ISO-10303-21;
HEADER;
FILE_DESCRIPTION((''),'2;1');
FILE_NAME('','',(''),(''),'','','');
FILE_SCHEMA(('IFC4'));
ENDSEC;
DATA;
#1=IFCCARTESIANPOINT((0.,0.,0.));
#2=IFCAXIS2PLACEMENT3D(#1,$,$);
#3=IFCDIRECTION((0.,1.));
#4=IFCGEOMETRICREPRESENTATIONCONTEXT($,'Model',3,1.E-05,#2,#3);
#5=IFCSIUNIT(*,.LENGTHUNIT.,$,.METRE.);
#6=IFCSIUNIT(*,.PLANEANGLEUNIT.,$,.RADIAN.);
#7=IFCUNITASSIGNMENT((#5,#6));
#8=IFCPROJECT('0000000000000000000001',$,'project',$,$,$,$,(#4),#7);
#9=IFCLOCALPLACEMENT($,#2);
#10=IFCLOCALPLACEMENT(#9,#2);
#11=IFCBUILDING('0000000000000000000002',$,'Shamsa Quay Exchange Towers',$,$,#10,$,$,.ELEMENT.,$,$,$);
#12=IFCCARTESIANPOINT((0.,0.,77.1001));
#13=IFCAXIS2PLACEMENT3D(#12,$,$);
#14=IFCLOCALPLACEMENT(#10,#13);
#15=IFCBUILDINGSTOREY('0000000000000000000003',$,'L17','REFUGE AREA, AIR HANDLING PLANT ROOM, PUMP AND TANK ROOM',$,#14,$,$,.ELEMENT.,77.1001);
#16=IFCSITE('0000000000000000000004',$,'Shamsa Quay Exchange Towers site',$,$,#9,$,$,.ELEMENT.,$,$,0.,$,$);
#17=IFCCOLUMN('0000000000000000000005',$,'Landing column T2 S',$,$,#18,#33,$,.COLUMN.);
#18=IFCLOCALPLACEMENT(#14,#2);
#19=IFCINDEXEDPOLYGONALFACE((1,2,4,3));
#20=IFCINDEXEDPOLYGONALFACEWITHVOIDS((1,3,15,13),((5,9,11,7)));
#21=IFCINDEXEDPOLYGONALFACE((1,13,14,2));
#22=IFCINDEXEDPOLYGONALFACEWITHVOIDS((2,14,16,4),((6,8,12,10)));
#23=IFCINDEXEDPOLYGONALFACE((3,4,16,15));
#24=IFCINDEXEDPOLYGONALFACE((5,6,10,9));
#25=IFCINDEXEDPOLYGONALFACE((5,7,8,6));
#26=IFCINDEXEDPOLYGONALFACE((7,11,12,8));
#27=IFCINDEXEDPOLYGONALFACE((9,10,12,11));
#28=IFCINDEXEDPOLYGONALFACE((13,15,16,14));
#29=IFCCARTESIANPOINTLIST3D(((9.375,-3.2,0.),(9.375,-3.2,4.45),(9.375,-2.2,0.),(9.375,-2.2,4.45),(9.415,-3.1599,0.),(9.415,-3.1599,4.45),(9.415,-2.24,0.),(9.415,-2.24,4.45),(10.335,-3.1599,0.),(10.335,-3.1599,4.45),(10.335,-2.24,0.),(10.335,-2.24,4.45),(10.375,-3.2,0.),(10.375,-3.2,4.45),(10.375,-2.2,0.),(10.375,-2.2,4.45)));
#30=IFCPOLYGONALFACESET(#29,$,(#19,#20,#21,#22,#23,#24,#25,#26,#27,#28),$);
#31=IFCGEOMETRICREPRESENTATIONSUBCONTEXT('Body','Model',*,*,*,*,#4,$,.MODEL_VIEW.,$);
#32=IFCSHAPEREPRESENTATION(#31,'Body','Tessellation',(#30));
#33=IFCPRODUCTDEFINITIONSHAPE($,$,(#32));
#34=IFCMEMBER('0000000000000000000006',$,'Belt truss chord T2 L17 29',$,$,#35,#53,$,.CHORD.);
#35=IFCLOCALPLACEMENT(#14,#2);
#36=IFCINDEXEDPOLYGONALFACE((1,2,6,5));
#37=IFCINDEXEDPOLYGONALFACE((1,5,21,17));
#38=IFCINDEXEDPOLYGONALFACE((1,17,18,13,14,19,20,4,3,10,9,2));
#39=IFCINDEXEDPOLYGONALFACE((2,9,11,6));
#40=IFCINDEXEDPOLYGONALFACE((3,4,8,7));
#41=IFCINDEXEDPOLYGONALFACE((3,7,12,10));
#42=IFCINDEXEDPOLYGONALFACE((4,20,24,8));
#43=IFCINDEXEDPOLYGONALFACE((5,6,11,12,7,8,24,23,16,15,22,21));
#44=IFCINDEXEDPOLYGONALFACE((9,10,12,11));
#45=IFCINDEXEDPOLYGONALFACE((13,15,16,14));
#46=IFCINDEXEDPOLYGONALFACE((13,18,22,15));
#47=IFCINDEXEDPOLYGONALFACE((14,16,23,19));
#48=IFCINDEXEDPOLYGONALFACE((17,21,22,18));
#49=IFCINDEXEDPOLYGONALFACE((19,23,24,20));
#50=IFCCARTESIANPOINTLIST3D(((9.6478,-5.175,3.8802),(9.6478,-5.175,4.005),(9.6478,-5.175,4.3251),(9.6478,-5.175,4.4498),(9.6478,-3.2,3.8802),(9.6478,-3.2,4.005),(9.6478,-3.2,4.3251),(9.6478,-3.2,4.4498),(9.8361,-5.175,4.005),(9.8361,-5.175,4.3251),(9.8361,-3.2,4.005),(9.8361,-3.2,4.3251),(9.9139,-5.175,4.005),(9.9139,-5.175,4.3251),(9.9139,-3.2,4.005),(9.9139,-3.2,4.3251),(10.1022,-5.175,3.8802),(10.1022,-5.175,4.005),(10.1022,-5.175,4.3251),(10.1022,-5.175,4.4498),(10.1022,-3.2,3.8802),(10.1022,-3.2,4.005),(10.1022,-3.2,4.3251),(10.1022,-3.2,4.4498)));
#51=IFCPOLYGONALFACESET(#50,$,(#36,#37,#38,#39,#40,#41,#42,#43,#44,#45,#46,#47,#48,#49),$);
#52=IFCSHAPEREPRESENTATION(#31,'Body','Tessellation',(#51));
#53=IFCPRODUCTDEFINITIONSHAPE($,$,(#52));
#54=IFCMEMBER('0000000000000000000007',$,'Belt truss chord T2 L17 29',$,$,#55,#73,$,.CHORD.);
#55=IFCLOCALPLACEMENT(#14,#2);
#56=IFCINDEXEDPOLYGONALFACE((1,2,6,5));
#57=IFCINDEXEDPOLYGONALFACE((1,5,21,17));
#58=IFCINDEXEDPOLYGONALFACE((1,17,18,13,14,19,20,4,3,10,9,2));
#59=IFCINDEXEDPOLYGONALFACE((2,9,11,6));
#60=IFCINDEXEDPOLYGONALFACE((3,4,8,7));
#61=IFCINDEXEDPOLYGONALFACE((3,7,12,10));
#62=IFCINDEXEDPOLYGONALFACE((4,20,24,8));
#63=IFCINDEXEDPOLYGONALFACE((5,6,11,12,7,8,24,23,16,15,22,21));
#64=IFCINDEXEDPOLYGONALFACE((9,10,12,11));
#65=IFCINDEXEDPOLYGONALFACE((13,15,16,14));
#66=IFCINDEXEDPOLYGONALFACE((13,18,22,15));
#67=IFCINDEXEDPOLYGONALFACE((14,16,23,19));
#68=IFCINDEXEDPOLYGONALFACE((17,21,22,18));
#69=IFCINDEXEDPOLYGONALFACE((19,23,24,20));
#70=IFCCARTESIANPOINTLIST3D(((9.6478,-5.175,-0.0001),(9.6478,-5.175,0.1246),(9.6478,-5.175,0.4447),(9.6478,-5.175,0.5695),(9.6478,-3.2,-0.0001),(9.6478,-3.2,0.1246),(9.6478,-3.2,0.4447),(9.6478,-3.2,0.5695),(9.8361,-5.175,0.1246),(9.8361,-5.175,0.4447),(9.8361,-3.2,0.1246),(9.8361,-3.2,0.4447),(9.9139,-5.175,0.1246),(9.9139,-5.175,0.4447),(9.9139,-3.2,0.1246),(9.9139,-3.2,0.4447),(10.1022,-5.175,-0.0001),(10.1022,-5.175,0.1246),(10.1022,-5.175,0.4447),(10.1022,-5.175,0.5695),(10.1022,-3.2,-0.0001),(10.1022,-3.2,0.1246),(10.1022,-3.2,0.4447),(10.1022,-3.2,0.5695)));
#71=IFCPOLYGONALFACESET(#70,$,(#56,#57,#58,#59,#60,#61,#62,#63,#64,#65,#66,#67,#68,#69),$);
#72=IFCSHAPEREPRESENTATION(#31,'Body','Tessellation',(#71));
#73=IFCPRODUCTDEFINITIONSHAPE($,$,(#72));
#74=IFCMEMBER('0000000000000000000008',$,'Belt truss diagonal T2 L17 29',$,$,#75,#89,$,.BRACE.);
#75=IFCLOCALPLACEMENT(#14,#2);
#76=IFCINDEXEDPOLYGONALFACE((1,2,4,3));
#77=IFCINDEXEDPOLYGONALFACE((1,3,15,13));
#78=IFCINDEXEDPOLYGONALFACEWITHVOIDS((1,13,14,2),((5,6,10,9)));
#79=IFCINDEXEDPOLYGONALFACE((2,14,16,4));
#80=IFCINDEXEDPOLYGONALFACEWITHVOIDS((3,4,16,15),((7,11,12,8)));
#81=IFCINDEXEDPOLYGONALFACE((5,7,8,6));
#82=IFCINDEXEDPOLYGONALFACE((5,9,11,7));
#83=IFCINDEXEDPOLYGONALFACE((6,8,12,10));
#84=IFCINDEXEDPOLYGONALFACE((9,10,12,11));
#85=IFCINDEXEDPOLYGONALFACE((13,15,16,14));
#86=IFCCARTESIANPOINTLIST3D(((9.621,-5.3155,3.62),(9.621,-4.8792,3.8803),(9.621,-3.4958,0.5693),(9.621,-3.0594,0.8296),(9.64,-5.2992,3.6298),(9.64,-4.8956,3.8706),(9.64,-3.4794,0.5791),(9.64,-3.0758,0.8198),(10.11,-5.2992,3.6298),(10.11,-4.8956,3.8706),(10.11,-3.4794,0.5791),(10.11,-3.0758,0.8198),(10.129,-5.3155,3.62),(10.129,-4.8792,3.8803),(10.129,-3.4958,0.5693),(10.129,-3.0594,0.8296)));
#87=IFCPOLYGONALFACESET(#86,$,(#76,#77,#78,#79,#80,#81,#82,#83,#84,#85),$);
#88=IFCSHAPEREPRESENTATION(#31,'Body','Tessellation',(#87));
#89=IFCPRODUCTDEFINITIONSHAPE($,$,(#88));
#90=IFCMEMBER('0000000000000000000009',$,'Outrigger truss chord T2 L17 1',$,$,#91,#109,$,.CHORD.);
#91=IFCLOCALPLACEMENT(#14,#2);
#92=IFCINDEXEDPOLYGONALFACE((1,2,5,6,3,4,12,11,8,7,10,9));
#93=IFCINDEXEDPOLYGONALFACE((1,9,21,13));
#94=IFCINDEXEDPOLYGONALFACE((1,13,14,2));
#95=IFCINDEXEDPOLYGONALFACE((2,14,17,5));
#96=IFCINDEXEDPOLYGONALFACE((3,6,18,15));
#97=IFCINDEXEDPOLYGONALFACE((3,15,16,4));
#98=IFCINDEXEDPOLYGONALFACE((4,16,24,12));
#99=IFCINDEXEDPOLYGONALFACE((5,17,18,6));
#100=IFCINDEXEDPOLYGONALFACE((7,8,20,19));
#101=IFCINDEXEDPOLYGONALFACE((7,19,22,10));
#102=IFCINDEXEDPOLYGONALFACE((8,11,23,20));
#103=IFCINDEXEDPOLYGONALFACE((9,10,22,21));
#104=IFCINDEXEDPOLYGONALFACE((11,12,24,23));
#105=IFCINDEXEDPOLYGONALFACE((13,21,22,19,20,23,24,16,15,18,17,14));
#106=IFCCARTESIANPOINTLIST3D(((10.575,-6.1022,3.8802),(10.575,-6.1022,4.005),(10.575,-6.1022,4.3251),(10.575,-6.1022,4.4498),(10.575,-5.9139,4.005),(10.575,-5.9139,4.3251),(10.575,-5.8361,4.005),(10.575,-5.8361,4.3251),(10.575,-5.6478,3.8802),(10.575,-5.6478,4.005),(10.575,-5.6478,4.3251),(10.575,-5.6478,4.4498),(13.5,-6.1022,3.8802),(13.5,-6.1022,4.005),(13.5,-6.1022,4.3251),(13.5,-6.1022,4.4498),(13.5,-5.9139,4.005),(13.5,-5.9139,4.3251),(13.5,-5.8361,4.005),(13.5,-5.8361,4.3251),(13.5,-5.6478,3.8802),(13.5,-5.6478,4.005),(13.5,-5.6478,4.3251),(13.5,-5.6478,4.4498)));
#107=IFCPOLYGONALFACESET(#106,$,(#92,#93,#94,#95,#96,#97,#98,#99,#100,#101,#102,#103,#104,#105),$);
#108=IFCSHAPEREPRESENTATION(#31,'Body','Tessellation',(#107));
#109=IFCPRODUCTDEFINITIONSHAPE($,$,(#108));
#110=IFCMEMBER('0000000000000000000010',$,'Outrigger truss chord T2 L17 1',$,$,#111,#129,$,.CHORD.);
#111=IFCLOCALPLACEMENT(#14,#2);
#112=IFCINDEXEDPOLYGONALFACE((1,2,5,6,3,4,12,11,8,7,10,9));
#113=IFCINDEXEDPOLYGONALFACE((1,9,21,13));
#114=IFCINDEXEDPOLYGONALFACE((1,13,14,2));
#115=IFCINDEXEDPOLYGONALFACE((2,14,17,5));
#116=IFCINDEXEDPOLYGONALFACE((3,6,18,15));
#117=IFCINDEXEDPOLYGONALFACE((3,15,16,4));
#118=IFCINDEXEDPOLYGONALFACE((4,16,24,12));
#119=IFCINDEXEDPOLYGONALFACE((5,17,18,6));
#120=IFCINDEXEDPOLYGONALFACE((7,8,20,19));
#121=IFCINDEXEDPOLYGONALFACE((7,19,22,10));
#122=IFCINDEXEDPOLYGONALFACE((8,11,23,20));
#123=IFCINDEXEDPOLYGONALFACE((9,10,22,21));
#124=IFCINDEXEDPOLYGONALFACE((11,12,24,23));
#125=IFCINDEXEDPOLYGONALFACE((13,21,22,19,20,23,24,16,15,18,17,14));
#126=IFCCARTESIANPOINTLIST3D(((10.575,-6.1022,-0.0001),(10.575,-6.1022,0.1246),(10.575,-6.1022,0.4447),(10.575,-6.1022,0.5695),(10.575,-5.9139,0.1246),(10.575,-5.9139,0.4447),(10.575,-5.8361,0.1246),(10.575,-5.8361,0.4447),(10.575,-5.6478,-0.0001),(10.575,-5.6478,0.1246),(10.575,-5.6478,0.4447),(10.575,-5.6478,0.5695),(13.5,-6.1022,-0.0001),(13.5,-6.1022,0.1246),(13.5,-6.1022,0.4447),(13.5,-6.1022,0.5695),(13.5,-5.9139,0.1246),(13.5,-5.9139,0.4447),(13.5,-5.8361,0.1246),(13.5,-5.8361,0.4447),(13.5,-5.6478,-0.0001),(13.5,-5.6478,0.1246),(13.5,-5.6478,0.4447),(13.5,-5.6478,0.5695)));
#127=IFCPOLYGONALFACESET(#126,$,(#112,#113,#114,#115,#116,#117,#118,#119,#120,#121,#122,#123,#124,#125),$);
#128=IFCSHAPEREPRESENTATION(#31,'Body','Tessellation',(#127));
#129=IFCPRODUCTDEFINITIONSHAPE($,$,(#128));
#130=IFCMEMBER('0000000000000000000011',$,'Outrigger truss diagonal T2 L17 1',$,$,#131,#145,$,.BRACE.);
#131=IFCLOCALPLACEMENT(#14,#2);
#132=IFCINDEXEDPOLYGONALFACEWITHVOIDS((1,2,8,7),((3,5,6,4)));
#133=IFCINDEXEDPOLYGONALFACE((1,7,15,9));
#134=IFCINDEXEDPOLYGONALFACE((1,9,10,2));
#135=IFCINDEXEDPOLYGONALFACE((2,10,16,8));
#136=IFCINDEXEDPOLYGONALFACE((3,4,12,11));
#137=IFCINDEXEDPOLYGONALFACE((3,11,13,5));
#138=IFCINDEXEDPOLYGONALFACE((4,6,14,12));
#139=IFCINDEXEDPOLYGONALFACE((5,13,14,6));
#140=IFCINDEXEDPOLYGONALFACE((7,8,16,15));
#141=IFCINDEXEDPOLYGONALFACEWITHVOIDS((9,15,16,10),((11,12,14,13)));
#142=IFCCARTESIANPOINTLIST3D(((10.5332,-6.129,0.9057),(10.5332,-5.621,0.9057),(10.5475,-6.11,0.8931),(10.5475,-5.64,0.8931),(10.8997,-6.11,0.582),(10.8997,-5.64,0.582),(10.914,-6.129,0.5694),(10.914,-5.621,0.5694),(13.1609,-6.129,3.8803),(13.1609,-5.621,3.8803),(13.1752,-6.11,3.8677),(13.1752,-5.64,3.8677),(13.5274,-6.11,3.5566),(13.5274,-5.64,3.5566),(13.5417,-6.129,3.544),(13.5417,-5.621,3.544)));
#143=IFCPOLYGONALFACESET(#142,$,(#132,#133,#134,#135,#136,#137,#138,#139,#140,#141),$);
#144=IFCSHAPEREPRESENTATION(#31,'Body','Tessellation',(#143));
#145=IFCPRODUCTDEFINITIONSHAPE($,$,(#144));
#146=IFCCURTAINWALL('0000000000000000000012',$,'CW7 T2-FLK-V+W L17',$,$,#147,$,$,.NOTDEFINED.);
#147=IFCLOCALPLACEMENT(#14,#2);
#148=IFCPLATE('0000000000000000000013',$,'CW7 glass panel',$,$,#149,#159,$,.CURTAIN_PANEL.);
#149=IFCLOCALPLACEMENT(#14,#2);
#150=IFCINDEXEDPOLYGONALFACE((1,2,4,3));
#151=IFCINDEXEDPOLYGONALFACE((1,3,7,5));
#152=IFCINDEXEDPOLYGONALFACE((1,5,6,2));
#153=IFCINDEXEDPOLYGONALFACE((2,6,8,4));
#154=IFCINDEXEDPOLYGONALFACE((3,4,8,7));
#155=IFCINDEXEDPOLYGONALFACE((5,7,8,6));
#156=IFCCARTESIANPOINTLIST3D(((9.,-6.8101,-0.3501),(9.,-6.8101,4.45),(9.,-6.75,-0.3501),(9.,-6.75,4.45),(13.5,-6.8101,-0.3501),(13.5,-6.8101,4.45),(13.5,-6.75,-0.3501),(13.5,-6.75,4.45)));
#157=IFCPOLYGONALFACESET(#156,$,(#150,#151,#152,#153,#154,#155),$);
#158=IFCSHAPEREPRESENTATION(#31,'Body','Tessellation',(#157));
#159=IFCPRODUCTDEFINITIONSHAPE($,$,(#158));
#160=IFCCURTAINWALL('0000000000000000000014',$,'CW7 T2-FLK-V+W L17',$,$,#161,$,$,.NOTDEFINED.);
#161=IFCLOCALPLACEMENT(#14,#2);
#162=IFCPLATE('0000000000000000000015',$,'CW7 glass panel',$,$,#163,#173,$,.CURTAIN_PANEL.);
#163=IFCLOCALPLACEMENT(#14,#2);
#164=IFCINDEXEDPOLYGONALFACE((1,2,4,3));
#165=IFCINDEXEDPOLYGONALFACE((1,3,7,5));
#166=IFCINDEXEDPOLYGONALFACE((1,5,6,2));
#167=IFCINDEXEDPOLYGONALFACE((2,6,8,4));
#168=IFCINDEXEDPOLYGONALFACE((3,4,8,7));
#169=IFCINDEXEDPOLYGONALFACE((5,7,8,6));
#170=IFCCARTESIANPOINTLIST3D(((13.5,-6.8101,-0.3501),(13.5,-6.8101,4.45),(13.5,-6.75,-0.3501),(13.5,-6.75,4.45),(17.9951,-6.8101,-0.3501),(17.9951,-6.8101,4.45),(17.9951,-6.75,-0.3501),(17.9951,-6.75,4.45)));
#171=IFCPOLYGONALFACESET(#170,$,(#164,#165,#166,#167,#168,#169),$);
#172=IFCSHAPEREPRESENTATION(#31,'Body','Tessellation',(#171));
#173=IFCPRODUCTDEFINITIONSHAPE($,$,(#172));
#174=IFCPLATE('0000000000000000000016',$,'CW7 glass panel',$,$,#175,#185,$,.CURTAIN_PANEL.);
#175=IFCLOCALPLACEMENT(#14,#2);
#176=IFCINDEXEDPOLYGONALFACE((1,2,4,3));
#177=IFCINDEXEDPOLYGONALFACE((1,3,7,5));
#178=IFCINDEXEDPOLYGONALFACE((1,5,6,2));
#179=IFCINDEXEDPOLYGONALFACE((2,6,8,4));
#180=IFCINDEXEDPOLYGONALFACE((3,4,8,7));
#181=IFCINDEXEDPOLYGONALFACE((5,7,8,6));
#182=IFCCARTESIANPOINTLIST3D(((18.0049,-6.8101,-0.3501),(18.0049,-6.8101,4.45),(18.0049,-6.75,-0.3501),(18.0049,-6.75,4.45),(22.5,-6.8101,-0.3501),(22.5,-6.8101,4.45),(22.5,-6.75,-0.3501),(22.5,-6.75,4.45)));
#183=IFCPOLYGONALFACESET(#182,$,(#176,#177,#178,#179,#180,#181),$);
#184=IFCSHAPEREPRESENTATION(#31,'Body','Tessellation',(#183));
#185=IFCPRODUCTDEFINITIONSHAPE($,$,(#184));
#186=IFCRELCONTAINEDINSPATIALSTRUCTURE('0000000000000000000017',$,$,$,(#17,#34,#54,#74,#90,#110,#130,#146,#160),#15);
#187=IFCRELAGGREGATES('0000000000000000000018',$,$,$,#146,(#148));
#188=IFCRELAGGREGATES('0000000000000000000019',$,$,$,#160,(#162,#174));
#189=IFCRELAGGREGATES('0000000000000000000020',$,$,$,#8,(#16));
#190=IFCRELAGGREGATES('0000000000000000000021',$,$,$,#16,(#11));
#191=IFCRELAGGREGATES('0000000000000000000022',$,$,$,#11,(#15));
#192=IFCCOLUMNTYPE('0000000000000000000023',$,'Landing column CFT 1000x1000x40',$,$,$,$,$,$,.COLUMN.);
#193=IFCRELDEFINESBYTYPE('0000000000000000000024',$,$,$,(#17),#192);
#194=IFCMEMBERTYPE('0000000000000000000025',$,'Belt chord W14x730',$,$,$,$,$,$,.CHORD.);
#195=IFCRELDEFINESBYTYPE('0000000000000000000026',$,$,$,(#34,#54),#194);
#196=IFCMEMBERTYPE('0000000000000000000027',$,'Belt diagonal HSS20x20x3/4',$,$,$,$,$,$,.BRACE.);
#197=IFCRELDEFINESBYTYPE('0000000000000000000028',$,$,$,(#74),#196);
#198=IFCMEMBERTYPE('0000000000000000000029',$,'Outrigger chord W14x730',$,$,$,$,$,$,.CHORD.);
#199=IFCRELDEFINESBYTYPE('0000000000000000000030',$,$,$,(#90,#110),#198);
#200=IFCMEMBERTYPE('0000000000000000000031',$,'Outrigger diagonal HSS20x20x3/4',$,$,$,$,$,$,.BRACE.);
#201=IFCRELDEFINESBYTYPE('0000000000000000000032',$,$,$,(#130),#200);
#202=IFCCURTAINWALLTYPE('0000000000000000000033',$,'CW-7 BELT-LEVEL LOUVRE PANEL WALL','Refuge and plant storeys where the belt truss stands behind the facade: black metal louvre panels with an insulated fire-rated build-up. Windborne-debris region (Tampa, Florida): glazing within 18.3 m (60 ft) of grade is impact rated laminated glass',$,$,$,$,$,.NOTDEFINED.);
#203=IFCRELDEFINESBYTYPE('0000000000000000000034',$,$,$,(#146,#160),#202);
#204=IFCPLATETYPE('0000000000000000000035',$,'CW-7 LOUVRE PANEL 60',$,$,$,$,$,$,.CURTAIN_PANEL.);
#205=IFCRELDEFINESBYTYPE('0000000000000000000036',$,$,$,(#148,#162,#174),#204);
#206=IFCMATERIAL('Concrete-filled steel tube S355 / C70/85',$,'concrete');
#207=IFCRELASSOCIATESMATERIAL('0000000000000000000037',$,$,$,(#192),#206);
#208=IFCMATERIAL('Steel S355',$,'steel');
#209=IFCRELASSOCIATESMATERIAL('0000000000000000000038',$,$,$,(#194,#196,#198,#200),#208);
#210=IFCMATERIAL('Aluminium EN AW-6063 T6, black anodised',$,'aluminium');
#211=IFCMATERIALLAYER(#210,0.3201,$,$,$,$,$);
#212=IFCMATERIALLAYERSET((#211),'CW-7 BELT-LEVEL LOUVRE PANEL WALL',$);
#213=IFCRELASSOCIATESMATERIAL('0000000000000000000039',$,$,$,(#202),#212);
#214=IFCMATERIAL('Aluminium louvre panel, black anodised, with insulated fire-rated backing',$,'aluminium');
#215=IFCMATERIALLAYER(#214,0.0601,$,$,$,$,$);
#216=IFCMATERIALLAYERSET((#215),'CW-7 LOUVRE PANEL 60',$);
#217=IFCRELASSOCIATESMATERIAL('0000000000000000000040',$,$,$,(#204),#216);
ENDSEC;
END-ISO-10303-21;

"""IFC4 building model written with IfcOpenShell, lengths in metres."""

from ifc_helpers import new_model, si_unit, direction, frame, origin, origin_2d, place, context, subcontext, project, spatial, rectangle, hollow_rectangle, i_section, extrude, material, layer, layer_set, material_profile, profile_set, type_object, element, aggregate, save


model = new_model("IFC4")

# Units and contexts
model_context = context("Model", 3, precision=1e-05, world=origin(), true_north=direction((0.0, 1.0)))
body_context = subcontext(model_context, "Body", "Model", "MODEL_VIEW")
ifc_project = project(units=[si_unit("LENGTHUNIT", "METRE"), si_unit("PLANEANGLEUNIT", "RADIAN")], contexts=[model_context])

# Site, building, storey
site_placement = place(None, origin())
site = spatial("IfcSite", under=ifc_project, at=site_placement, Name="Shamsa Quay Exchange Towers site", CompositionType="ELEMENT", RefElevation=0.0)
building_placement = place(site_placement, origin())
building = spatial("IfcBuilding", under=site, at=building_placement, Name="Shamsa Quay Exchange Towers", CompositionType="ELEMENT")
storey_placement = place(building_placement, frame((0.0, 0.0, 77.1001)))
storey = spatial("IfcBuildingStorey", under=building, at=storey_placement, Name="L17", Description="REFUGE AREA, AIR HANDLING PLANT ROOM, PUMP AND TANK ROOM", CompositionType="ELEMENT", Elevation=77.1001)

# Column
ifc_material_1 = material(Name="Concrete-filled steel tube S355 / C70/85", Category="concrete")
ifc_material_profile_1 = material_profile(ifc_material_1, hollow_rectangle(XDim=1.0, YDim=1.0, WallThickness=0.04, at=origin_2d()), Name="CFT 1000x1000x40")
ifc_profile_set_1 = profile_set([ifc_material_profile_1], Name="Concrete-filled steel tube S355 / C70/85")
column_type = type_object("IfcColumnType", Name="Landing column CFT 1000x1000x40", PredefinedType="COLUMN", material=ifc_profile_set_1)
column_placement = place(storey_placement, frame((9.875, -2.7, 0.0)))
element("IfcColumn", 1, at=column_placement, inside=storey, type_object=column_type, Name="Landing column T2 S", PredefinedType="COLUMN", context=body_context, shape_type="SweptSolid", body=[
    extrude(hollow_rectangle(XDim=1.0, YDim=1.0, WallThickness=0.04, at=origin_2d()), origin(), (0.0, 0.0, 1.0), 4.45),
])

# Members
ifc_material_2 = material(Name="Steel S355", Category="steel")
ifc_material_profile_2 = material_profile(ifc_material_2, i_section(OverallWidth=0.4543, OverallDepth=0.5696, WebThickness=0.0779, FlangeThickness=0.1248, at=origin_2d()), Name="W14x730")
ifc_profile_set_2 = profile_set([ifc_material_profile_2], Name="Steel S355")
member_type_1 = type_object("IfcMemberType", Name="Belt chord W14x730", PredefinedType="CHORD", material=ifc_profile_set_2)
for number, where, z_axis, x_axis, name in (
    (2, (9.875, -3.2, 4.165), (0.0, -1.0, 0.0), (1.0, 0.0, 0.0), "Belt truss chord T2 L17 29"),
    (3, (9.875, -3.2, 0.2847), (0.0, -1.0, 0.0), (1.0, 0.0, 0.0), "Belt truss chord T2 L17 29"),
):
    element("IfcMember", number, at=place(storey_placement, frame(where, z_axis=z_axis, x_axis=x_axis)), inside=storey, type_object=member_type_1, Name=name, PredefinedType="CHORD", context=body_context, shape_type="SweptSolid", body=[
        extrude(i_section(OverallWidth=0.4543, OverallDepth=0.5696, WebThickness=0.0779, FlangeThickness=0.1248, at=origin_2d()), origin(), (0.0, 0.0, 1.0), 1.9751),
    ])
ifc_material_profile_3 = material_profile(ifc_material_2, hollow_rectangle(XDim=0.5081, YDim=0.5081, WallThickness=0.019, at=origin_2d()), Name="HSS20x20x3/4")
ifc_profile_set_3 = profile_set([ifc_material_profile_3], Name="Steel S355")
member_type_2 = type_object("IfcMemberType", Name="Belt diagonal HSS20x20x3/4", PredefinedType="BRACE", material=ifc_profile_set_3)
member_1_placement = place(storey_placement, frame((9.875, -3.2776, 0.6995), z_axis=(0.0, -0.512291, 0.858812), x_axis=(1.0, 0.0, 0.0)))
element("IfcMember", 4, at=member_1_placement, inside=storey, type_object=member_type_2, Name="Belt truss diagonal T2 L17 29", PredefinedType="BRACE", context=body_context, shape_type="SweptSolid", body=[
    extrude(hollow_rectangle(XDim=0.5081, YDim=0.5081, WallThickness=0.019, at=origin_2d()), origin(), (0.0, 0.0, 1.0), 3.5522),
])
ifc_material_profile_4 = material_profile(ifc_material_2, i_section(OverallWidth=0.4543, OverallDepth=0.5696, WebThickness=0.0779, FlangeThickness=0.1248, at=origin_2d()), Name="W14x730")
ifc_profile_set_4 = profile_set([ifc_material_profile_4], Name="Steel S355")
member_type_3 = type_object("IfcMemberType", Name="Outrigger chord W14x730", PredefinedType="CHORD", material=ifc_profile_set_4)
for number, where, z_axis, x_axis, name in (
    (5, (10.575, -5.875, 4.165), (1.0, 0.0, 0.0), (0.0, 1.0, 0.0), "Outrigger truss chord T2 L17 1"),
    (6, (10.575, -5.875, 0.2847), (1.0, 0.0, 0.0), (0.0, 1.0, 0.0), "Outrigger truss chord T2 L17 1"),
):
    element("IfcMember", number, at=place(storey_placement, frame(where, z_axis=z_axis, x_axis=x_axis)), inside=storey, type_object=member_type_3, Name=name, PredefinedType="CHORD", context=body_context, shape_type="SweptSolid", body=[
        extrude(i_section(OverallWidth=0.4543, OverallDepth=0.5696, WebThickness=0.0779, FlangeThickness=0.1248, at=origin_2d()), origin(), (0.0, 0.0, 1.0), 2.925),
    ])
ifc_material_profile_5 = material_profile(ifc_material_2, hollow_rectangle(XDim=0.5081, YDim=0.5081, WallThickness=0.019, at=origin_2d()), Name="HSS20x20x3/4")
ifc_profile_set_5 = profile_set([ifc_material_profile_5], Name="Steel S355")
member_type_4 = type_object("IfcMemberType", Name="Outrigger diagonal HSS20x20x3/4", PredefinedType="BRACE", material=ifc_profile_set_5)
member_2_placement = place(storey_placement, frame((10.7236, -5.875, 0.7375), z_axis=(0.662051, 0.0, 0.749459), x_axis=(0.0, 1.0, 0.0)))
element("IfcMember", 7, at=member_2_placement, inside=storey, type_object=member_type_4, Name="Outrigger truss diagonal T2 L17 1", PredefinedType="BRACE", context=body_context, shape_type="SweptSolid", body=[
    extrude(hollow_rectangle(XDim=0.5081, YDim=0.5081, WallThickness=0.019, at=origin_2d()), origin(), (0.0, 0.0, 1.0), 3.969),
])

# Curtain wall, plate
ifc_material_3 = material(Name="Aluminium EN AW-6063 T6, black anodised", Category="aluminium")
ifc_layer_1 = layer(ifc_material_3, 0.3201)
ifc_layer_set_1 = layer_set([ifc_layer_1], Name="CW-7 BELT-LEVEL LOUVRE PANEL WALL")
curtain_wall_type = type_object("IfcCurtainWallType", Name="CW-7 BELT-LEVEL LOUVRE PANEL WALL", Description="Refuge and plant storeys where the belt truss stands behind the facade: black metal louvre panels with an insulated fire-rated build-up. Windborne-debris region (Tampa, Florida): glazing within 18.3 m (60 ft) of grade is impact rated laminated glass", PredefinedType="NOTDEFINED", material=ifc_layer_set_1)
curtain_wall_1_placement = place(storey_placement, origin())
curtain_wall_1 = element("IfcCurtainWall", 8, at=curtain_wall_1_placement, inside=storey, type_object=curtain_wall_type, Name="CW7 T2-FLK-V+W L17", PredefinedType="NOTDEFINED")
ifc_material_4 = material(Name="Aluminium louvre panel, black anodised, with insulated fire-rated backing", Category="aluminium")
ifc_layer_2 = layer(ifc_material_4, 0.0601)
ifc_layer_set_2 = layer_set([ifc_layer_2], Name="CW-7 LOUVRE PANEL 60")
plate_type = type_object("IfcPlateType", Name="CW-7 LOUVRE PANEL 60", PredefinedType="CURTAIN_PANEL", material=ifc_layer_set_2)
plate_1_placement = place(storey_placement, frame((11.25, -6.78, -0.3501)))
plate_1 = element("IfcPlate", 9, at=plate_1_placement, type_object=plate_type, Name="CW7 glass panel", PredefinedType="CURTAIN_PANEL", context=body_context, shape_type="SweptSolid", body=[
    extrude(rectangle(XDim=4.5, YDim=0.0601, at=origin_2d()), origin(), (0.0, 0.0, 1.0), 4.8),
])
aggregate(curtain_wall_1, [plate_1])

# Curtain wall, plates
curtain_wall_2_placement = place(storey_placement, origin())
curtain_wall_2 = element("IfcCurtainWall", 10, at=curtain_wall_2_placement, inside=storey, type_object=curtain_wall_type, Name="CW7 T2-FLK-V+W L17", PredefinedType="NOTDEFINED")
plate_2_placement = place(storey_placement, frame((15.7476, -6.78, -0.3501)))
plate_2 = element("IfcPlate", 11, at=plate_2_placement, type_object=plate_type, Name="CW7 glass panel", PredefinedType="CURTAIN_PANEL", context=body_context, shape_type="SweptSolid", body=[
    extrude(rectangle(XDim=4.4951, YDim=0.0601, at=origin_2d()), origin(), (0.0, 0.0, 1.0), 4.8),
])
plate_3_placement = place(storey_placement, frame((20.2524, -6.78, -0.3501)))
plate_3 = element("IfcPlate", 12, at=plate_3_placement, type_object=plate_type, Name="CW7 glass panel", PredefinedType="CURTAIN_PANEL", context=body_context, shape_type="SweptSolid", body=[
    extrude(rectangle(XDim=4.4951, YDim=0.0601, at=origin_2d()), origin(), (0.0, 0.0, 1.0), 4.8),
])
aggregate(curtain_wall_2, [plate_2, plate_3])

save(model, "model.ifc")
